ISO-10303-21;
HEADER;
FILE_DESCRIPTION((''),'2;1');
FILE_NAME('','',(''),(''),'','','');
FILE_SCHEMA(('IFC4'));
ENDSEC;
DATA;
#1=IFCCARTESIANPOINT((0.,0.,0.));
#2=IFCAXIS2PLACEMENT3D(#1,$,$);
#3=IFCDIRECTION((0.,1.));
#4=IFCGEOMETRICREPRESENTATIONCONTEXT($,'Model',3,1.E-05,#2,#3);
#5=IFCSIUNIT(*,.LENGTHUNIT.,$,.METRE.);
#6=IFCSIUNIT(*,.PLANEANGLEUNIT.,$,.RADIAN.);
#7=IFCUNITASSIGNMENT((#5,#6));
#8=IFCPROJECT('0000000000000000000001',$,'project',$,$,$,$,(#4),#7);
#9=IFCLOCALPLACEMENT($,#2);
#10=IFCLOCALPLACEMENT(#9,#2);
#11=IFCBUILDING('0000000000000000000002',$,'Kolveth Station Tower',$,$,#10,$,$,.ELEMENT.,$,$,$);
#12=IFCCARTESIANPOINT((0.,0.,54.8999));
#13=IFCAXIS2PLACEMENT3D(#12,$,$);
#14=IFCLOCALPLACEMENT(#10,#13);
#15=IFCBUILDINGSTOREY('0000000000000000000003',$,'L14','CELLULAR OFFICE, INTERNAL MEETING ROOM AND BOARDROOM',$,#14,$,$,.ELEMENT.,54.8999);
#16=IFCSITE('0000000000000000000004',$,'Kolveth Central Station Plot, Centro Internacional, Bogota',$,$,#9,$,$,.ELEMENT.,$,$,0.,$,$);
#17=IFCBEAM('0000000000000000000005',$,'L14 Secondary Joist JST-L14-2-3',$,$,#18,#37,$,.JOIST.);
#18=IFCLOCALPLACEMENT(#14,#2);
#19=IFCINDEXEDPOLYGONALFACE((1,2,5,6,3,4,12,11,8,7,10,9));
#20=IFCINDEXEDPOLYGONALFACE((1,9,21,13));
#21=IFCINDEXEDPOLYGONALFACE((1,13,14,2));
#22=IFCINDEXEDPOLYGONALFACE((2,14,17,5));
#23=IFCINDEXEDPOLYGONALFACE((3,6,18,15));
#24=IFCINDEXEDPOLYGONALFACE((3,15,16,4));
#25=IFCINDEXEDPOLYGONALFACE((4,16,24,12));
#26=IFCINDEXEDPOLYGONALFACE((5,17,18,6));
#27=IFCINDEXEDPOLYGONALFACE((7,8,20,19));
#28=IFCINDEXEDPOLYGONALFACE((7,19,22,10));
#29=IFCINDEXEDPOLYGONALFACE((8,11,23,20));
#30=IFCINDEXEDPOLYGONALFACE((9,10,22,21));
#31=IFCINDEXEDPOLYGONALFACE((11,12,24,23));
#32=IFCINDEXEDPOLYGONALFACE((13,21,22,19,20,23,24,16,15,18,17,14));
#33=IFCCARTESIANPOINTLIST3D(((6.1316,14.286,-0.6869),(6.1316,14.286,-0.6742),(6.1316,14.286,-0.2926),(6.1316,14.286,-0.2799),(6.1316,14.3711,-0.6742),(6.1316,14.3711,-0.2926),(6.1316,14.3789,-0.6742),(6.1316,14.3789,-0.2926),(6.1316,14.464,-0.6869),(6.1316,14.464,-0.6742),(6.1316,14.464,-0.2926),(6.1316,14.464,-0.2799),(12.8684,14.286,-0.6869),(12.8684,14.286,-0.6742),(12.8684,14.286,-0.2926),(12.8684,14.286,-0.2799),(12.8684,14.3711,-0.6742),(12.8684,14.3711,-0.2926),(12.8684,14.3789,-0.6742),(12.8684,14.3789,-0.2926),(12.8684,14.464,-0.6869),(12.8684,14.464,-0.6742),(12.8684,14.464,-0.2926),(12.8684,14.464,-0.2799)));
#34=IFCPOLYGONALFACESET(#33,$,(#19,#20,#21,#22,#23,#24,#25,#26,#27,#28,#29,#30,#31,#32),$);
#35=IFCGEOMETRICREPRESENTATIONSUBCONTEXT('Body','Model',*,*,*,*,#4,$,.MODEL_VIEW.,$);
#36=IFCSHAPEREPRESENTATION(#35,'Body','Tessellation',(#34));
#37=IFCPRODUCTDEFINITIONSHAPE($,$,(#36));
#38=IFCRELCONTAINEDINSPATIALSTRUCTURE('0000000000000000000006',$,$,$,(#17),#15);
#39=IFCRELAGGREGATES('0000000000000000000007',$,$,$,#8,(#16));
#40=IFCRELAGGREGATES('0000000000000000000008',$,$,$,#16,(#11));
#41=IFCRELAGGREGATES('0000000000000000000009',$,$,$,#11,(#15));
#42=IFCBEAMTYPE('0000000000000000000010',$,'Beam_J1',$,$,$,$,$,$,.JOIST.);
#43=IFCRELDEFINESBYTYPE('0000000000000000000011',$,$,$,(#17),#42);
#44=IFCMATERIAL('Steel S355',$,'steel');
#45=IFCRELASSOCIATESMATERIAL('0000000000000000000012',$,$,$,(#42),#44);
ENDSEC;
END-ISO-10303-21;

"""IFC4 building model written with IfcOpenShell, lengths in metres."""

from ifc_helpers import new_model, si_unit, direction, frame, origin, origin_2d, place, context, subcontext, project, spatial, i_section, extrude, source, transform, mapped, material, material_profile, profile_set, type_object, element, save


model = new_model("IFC4")

# Units and contexts
model_context = context("Model", 3, precision=1e-05, world=origin(), true_north=direction((0.0, 1.0)))
body_context = subcontext(model_context, "Body", "Model", "MODEL_VIEW")
ifc_project = project(units=[si_unit("LENGTHUNIT", "METRE"), si_unit("PLANEANGLEUNIT", "RADIAN")], contexts=[model_context])

# Site, building, storey
site_placement = place(None, origin())
site = spatial("IfcSite", under=ifc_project, at=site_placement, Name="Kolveth Central Station Plot, Centro Internacional, Bogota", CompositionType="ELEMENT", RefElevation=0.0)
building_placement = place(site_placement, origin())
building = spatial("IfcBuilding", under=site, at=building_placement, Name="Kolveth Station Tower", CompositionType="ELEMENT")
storey_placement = place(building_placement, frame((0.0, 0.0, 54.8999)))
storey = spatial("IfcBuildingStorey", under=building, at=storey_placement, Name="L14", Description="CELLULAR OFFICE, INTERNAL MEETING ROOM AND BOARDROOM", CompositionType="ELEMENT", Elevation=54.8999)

# Beam
ifc_material_1 = material(Name="Steel S355", Category="steel")
ifc_material_profile_1 = material_profile(ifc_material_1, i_section(OverallWidth=0.178, OverallDepth=0.407, WebThickness=0.0078, FlangeThickness=0.0127, at=origin_2d()), Name="W410x60")
ifc_profile_set_1 = profile_set([ifc_material_profile_1], Name="Steel S355")
beam_type_1 = type_object("IfcBeamType", Name="Beam_J1", PredefinedType="JOIST", material=ifc_profile_set_1)
shared_shape_1 = source(origin(), body_context, "Body", "SweptSolid", [
    extrude(i_section(OverallWidth=0.178, OverallDepth=0.407, WebThickness=0.0078, FlangeThickness=0.0127, at=origin_2d()), origin(), (0.0, 0.0, 1.0), 6.7368),
])
beam_placement = place(storey_placement, frame((6.1316, 14.375, -0.4834), z_axis=(1.0, 0.0, 0.0), x_axis=(0.0, 1.0, 0.0)))
element("IfcBeam", 1, at=beam_placement, inside=storey, type_object=beam_type_1, Name="L14 Secondary Joist JST-L14-2-3", PredefinedType="JOIST", context=body_context, shape_type="MappedRepresentation", body=[
    mapped(shared_shape_1, transform((0.0, 0.0, 0.0), x_axis=(1.0, 0.0, 0.0), y_axis=(0.0, 1.0, 0.0), z_axis=(0.0, 0.0, 1.0), scale=1.0)),
])

save(model, "model.ifc")
